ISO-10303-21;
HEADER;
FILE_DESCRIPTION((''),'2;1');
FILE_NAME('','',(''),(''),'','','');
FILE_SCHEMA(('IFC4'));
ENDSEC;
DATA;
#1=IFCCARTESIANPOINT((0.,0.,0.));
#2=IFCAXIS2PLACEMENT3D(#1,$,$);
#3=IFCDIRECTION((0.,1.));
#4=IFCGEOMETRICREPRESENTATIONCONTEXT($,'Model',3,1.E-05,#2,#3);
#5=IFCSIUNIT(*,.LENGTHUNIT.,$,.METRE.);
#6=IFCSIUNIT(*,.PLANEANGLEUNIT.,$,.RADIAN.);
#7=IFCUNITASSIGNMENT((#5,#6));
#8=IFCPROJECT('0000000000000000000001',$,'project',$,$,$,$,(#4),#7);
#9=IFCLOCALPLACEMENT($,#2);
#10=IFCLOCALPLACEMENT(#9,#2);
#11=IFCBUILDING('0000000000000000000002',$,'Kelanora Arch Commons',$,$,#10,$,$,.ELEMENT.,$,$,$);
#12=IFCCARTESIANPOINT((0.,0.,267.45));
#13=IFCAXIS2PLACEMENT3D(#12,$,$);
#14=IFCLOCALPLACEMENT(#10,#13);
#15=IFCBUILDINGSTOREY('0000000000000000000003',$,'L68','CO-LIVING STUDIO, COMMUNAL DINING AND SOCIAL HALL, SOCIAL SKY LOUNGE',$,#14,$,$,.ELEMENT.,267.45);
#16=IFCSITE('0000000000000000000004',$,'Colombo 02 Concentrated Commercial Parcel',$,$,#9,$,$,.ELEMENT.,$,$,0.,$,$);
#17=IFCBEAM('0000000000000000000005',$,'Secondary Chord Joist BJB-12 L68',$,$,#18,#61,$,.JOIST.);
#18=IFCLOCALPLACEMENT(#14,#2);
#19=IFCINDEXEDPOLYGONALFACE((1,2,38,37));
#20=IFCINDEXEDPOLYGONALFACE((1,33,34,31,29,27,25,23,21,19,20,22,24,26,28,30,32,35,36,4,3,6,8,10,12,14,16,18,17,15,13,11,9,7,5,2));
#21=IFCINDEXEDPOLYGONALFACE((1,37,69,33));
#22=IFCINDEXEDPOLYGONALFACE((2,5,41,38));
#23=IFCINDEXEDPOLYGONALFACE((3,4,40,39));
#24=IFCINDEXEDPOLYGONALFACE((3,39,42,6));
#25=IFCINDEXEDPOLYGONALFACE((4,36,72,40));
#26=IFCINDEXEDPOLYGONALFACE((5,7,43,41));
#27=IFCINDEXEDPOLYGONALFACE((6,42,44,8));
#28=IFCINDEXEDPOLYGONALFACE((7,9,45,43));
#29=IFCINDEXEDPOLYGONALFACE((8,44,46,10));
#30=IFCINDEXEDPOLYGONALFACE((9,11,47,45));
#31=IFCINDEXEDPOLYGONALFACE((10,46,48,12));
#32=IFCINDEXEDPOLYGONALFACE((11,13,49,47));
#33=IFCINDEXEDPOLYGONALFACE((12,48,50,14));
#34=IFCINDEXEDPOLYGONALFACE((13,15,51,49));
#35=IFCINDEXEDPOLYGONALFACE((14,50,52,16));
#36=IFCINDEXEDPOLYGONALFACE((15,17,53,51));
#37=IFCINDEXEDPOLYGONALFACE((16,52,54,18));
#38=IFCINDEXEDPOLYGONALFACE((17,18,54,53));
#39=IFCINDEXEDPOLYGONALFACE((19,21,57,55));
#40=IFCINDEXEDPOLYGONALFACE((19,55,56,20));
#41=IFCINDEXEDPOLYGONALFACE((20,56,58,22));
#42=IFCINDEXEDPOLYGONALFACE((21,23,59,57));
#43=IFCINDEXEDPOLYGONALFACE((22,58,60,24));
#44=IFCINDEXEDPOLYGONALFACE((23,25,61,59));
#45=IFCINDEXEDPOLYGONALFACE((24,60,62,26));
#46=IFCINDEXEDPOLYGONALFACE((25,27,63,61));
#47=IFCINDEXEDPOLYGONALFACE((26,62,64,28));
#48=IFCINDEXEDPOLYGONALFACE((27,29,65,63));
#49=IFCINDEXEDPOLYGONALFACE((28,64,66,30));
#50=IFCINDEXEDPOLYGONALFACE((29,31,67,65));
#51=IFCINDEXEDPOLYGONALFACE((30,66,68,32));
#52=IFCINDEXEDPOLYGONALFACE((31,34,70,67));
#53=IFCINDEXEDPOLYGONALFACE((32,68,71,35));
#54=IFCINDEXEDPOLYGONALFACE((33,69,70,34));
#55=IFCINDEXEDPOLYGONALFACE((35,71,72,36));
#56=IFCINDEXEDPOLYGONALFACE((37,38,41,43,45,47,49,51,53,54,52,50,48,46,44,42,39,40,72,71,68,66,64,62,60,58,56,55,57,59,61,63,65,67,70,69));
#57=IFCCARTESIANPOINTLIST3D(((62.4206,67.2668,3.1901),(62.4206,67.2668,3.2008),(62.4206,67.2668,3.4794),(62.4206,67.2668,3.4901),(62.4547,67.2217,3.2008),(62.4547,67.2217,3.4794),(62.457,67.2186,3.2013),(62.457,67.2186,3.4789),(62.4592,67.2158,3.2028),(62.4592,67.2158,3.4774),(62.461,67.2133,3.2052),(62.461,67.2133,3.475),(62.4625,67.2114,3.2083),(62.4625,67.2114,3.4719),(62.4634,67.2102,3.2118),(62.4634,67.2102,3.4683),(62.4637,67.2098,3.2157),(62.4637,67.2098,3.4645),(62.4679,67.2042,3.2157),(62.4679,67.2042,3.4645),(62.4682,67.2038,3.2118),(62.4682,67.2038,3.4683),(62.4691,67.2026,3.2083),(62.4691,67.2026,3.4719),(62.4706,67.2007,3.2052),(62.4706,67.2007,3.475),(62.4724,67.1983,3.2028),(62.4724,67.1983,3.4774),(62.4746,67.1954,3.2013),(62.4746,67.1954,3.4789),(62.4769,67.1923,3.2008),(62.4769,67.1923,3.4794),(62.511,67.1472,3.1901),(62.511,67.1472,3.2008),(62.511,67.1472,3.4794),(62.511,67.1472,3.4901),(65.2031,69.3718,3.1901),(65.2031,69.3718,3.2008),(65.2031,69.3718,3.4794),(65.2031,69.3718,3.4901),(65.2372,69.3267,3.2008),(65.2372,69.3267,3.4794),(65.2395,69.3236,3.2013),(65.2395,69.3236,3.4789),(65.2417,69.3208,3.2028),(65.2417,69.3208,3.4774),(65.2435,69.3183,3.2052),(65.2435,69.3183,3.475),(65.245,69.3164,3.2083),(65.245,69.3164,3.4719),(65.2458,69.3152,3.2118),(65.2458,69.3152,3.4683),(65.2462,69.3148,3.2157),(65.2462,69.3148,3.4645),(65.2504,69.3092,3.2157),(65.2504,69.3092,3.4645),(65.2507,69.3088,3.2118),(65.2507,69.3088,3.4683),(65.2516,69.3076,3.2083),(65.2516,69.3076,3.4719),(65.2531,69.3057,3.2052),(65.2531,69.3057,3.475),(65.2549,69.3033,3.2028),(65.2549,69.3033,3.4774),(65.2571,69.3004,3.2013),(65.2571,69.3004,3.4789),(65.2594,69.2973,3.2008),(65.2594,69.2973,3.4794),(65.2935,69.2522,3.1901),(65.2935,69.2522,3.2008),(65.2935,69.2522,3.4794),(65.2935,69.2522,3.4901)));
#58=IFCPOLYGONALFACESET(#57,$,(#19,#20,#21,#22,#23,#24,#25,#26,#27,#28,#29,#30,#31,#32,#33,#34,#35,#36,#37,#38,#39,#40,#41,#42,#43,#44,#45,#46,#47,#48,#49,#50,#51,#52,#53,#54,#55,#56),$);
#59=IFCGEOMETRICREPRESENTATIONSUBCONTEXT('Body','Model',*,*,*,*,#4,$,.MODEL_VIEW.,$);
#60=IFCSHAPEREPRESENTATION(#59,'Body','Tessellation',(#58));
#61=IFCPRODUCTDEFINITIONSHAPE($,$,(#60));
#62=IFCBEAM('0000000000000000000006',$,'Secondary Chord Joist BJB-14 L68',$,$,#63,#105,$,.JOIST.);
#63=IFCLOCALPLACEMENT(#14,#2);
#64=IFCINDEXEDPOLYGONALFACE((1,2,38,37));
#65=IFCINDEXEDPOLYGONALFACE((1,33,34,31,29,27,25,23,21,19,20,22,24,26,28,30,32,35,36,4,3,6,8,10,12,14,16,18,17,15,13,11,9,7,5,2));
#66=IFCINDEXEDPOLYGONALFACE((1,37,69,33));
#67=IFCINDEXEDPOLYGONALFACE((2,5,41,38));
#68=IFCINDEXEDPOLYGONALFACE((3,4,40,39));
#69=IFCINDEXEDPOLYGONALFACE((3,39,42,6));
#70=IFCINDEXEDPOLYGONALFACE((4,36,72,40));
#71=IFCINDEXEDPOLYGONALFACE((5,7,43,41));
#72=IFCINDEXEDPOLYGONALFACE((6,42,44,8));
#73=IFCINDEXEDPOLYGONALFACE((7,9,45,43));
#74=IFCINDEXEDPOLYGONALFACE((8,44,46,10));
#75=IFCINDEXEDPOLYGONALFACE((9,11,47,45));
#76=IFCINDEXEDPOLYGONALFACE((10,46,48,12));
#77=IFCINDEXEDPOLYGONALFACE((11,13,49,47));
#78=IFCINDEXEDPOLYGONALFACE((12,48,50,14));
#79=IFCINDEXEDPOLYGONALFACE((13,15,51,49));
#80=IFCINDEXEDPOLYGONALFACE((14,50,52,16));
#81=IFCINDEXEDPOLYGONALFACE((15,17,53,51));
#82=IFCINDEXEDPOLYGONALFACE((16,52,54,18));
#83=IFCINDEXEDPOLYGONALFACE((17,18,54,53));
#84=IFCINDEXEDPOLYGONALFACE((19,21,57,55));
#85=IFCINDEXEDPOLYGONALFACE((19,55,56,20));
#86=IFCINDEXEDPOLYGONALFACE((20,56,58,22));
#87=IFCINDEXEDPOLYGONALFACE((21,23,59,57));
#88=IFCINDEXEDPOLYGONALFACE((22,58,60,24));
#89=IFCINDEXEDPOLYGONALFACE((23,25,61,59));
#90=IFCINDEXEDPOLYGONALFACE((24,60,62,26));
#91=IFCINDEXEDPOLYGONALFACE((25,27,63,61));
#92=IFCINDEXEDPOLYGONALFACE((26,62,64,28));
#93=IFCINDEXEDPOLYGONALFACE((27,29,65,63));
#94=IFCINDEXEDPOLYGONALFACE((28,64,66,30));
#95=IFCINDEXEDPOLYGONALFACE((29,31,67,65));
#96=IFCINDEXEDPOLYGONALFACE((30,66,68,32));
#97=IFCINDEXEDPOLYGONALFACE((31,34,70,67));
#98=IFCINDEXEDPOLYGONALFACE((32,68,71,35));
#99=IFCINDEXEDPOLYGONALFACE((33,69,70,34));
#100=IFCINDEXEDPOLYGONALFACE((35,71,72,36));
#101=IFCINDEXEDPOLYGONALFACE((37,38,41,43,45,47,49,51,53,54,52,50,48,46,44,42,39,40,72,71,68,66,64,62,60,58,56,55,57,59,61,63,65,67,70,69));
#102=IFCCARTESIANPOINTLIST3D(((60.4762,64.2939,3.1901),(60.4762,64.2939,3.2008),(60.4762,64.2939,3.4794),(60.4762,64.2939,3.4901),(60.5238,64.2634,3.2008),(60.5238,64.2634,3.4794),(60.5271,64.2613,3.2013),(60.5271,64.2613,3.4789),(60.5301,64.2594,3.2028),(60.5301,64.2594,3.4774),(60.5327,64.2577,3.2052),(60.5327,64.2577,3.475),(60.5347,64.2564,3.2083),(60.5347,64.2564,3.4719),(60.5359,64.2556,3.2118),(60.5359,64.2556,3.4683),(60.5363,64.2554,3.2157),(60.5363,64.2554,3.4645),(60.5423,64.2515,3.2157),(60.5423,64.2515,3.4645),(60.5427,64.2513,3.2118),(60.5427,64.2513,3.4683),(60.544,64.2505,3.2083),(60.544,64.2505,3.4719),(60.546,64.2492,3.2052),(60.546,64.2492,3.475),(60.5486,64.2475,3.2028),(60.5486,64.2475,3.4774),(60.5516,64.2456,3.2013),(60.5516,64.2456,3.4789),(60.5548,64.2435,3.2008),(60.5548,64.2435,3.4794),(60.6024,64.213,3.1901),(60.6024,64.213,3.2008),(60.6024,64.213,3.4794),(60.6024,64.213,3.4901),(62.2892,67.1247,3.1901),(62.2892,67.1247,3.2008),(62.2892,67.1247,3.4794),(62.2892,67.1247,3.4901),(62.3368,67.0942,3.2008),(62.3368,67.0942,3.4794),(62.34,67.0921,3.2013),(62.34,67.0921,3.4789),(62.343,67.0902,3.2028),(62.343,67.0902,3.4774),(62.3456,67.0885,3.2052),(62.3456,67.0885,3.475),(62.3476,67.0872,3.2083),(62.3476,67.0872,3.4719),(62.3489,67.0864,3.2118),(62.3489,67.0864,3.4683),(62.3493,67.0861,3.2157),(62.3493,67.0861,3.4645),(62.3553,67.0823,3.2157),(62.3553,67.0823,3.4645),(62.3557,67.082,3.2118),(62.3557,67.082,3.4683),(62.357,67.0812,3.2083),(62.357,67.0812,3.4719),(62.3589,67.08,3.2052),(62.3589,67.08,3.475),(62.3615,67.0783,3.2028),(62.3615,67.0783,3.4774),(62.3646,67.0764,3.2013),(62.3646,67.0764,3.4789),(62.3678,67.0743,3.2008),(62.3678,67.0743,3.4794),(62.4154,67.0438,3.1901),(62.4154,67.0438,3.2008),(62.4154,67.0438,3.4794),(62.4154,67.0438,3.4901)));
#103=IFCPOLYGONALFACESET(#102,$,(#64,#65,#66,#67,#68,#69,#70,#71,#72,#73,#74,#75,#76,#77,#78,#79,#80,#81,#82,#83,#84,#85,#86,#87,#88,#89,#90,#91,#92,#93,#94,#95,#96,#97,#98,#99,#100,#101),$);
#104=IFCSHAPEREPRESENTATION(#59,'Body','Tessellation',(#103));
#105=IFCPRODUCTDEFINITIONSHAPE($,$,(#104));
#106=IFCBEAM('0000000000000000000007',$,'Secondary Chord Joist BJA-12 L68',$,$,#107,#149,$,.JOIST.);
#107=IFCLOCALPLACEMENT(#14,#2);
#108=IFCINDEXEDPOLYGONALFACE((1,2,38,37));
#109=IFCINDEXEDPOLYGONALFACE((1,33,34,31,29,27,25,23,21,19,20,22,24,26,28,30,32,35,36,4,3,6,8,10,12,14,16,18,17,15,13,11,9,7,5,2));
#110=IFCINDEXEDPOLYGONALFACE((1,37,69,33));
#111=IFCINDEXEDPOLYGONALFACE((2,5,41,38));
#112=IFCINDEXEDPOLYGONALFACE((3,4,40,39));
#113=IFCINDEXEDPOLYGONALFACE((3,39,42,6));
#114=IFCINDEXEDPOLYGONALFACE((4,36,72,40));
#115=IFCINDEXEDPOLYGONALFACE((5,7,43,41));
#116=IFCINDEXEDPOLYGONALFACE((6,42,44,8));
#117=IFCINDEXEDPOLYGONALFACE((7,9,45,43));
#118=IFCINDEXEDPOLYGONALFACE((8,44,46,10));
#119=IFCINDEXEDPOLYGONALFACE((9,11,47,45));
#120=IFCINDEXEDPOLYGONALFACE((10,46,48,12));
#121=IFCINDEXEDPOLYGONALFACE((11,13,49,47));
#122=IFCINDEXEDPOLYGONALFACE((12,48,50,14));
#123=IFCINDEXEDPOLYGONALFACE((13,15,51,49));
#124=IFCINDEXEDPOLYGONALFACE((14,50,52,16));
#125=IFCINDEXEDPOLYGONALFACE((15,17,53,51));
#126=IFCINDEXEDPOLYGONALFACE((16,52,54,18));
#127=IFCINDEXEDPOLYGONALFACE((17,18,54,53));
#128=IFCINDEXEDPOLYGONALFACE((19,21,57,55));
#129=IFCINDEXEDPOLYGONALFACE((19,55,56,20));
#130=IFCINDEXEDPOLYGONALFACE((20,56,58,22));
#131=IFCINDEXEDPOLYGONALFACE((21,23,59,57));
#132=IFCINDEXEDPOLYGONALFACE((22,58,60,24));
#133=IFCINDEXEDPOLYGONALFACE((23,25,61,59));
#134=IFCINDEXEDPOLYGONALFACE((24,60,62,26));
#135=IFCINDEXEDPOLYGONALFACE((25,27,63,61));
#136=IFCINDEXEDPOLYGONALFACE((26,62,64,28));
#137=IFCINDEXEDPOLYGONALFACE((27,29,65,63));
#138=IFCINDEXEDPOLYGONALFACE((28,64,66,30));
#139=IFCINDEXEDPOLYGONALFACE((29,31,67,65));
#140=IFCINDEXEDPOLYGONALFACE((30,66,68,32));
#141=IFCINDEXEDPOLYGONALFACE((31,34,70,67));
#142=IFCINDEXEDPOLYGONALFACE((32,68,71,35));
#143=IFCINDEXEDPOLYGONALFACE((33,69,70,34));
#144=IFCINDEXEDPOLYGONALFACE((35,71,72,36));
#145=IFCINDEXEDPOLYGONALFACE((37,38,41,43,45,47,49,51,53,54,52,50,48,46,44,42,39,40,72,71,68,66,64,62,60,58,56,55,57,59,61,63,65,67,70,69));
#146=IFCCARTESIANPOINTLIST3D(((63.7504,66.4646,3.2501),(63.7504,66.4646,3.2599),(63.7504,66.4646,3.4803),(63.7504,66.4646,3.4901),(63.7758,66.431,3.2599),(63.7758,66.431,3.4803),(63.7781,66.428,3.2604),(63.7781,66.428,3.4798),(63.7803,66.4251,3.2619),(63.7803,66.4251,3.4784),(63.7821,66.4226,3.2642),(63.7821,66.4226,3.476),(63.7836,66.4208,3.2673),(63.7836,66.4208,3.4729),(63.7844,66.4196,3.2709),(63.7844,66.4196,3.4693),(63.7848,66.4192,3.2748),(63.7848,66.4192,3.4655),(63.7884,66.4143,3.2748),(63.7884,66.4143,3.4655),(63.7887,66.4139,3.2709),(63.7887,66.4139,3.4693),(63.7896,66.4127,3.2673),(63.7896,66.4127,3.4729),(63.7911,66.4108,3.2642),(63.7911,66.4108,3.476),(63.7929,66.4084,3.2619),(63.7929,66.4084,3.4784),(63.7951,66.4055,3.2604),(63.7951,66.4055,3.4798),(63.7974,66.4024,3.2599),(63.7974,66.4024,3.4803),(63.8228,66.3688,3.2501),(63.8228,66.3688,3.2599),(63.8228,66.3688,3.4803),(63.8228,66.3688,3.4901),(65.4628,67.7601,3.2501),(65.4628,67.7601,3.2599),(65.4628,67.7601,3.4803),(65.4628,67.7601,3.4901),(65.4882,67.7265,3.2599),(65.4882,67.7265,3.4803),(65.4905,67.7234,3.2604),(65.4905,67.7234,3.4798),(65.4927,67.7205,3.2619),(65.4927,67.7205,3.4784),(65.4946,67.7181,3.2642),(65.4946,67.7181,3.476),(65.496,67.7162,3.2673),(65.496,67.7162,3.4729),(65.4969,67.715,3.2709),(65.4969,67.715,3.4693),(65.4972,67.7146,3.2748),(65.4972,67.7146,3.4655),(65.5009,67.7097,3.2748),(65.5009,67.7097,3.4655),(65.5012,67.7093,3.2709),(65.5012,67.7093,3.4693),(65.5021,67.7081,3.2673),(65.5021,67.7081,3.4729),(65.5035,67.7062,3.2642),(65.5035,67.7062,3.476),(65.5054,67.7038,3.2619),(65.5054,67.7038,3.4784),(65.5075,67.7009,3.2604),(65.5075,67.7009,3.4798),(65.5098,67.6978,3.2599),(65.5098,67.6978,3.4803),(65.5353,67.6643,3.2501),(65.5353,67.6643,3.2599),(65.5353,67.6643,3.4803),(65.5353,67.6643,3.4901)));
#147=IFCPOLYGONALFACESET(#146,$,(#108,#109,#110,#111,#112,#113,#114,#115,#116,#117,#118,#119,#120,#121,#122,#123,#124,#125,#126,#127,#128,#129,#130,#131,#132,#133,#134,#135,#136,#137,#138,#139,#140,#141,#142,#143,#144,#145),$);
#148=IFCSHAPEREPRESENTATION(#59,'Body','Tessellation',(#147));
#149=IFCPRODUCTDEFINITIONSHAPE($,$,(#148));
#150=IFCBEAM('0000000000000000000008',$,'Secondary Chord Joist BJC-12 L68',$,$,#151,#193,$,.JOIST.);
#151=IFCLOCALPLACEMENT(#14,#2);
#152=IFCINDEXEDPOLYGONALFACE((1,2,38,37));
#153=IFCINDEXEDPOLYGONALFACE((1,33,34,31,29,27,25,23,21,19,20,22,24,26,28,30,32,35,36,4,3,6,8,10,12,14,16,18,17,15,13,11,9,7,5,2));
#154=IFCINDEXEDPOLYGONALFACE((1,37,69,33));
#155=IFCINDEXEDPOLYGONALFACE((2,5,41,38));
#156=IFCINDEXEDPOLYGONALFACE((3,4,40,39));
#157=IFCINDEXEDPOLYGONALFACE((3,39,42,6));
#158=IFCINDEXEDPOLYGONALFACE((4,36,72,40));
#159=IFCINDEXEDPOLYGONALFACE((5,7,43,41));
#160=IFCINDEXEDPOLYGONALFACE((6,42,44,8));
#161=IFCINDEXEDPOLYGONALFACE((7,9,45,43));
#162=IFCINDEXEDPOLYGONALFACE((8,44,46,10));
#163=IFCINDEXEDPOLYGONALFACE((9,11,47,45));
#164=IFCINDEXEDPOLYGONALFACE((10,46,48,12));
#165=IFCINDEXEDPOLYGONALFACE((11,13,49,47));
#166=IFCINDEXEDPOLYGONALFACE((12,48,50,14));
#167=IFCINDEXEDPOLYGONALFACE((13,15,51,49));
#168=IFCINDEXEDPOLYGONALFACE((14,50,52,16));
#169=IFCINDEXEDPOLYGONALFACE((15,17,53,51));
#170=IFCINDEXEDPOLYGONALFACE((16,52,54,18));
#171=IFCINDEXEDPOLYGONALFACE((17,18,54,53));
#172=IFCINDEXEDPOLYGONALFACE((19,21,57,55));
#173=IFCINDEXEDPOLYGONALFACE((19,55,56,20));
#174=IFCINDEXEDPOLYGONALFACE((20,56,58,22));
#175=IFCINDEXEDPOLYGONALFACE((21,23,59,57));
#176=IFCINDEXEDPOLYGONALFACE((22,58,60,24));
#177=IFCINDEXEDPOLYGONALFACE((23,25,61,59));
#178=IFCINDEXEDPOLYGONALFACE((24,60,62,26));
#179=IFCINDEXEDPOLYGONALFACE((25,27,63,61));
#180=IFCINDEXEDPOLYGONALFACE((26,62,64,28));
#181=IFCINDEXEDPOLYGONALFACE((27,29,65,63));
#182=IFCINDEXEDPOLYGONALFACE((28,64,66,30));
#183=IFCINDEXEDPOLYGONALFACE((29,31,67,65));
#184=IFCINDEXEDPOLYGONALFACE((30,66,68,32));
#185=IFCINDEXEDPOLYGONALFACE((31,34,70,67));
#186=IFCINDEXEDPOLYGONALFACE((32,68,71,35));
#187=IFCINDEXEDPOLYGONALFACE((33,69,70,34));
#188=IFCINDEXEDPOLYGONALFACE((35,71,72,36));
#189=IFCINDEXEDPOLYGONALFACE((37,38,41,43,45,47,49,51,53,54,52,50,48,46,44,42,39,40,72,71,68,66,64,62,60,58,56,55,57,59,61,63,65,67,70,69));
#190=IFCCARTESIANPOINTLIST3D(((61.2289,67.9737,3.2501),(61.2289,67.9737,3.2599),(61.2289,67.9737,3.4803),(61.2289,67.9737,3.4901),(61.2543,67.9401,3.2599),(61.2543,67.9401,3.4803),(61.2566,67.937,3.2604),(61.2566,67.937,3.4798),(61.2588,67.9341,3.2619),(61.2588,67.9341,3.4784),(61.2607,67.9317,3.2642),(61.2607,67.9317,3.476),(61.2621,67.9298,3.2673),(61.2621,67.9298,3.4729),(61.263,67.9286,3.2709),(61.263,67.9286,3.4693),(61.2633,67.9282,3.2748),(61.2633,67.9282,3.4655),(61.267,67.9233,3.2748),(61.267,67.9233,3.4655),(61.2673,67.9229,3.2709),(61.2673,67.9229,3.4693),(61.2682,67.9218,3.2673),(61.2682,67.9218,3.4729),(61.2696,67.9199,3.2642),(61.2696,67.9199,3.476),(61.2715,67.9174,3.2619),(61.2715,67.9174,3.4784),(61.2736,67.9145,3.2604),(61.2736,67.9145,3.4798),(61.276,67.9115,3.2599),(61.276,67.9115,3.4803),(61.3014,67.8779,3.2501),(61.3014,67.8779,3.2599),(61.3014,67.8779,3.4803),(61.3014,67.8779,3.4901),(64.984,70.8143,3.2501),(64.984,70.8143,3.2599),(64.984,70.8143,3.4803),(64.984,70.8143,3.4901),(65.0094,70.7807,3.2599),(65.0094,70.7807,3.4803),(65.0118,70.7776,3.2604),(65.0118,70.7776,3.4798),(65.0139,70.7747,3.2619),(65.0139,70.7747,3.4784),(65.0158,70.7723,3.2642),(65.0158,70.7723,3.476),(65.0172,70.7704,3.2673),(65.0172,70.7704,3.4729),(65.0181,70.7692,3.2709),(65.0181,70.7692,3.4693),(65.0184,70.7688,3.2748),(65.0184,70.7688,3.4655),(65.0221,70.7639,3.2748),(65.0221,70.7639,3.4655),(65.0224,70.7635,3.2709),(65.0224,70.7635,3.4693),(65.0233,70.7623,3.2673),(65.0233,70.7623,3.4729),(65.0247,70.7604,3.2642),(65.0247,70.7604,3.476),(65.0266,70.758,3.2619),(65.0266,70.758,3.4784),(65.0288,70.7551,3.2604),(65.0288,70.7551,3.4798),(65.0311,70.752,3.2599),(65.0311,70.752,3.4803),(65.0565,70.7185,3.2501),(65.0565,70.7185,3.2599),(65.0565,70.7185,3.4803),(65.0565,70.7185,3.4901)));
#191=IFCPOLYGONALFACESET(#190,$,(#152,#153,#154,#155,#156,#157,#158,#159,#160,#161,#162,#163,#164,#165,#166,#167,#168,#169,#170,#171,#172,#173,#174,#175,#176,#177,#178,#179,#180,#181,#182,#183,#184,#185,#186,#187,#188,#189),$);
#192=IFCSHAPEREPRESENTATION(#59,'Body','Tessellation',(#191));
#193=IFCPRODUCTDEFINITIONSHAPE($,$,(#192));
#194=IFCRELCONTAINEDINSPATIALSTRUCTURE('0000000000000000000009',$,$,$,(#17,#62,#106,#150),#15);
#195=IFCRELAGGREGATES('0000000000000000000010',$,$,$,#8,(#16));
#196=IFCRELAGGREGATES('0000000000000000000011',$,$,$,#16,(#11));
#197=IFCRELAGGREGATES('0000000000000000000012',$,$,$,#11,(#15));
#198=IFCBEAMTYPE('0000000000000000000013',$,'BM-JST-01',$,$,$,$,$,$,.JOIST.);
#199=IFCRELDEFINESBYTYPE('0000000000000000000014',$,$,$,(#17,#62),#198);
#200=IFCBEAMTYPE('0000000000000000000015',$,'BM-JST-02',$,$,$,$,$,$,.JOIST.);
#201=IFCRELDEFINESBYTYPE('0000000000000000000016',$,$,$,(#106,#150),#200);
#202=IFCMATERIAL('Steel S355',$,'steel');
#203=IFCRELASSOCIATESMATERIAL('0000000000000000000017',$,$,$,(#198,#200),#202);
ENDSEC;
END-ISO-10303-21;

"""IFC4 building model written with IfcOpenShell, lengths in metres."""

from ifc_helpers import new_model, si_unit, direction, frame, origin, origin_2d, place, context, subcontext, project, spatial, i_section, extrude, material, material_profile, profile_set, type_object, element, save


model = new_model("IFC4")

# Units and contexts
model_context = context("Model", 3, precision=1e-05, world=origin(), true_north=direction((0.0, 1.0)))
body_context = subcontext(model_context, "Body", "Model", "MODEL_VIEW")
ifc_project = project(units=[si_unit("LENGTHUNIT", "METRE"), si_unit("PLANEANGLEUNIT", "RADIAN")], contexts=[model_context])

# Site, building, storey
site_placement = place(None, origin())
site = spatial("IfcSite", under=ifc_project, at=site_placement, Name="Colombo 02 Concentrated Commercial Parcel", CompositionType="ELEMENT", RefElevation=0.0)
building_placement = place(site_placement, origin())
building = spatial("IfcBuilding", under=site, at=building_placement, Name="Kelanora Arch Commons", CompositionType="ELEMENT")
storey_placement = place(building_placement, frame((0.0, 0.0, 267.45)))
storey = spatial("IfcBuildingStorey", under=building, at=storey_placement, Name="L68", Description="CO-LIVING STUDIO, COMMUNAL DINING AND SOCIAL HALL, SOCIAL SKY LOUNGE", CompositionType="ELEMENT", Elevation=267.45)

# Beams
ifc_material_1 = material(Name="Steel S355", Category="steel")
ifc_material_profile_1 = material_profile(ifc_material_1, i_section(OverallWidth=0.1499, OverallDepth=0.3, WebThickness=0.0071, FlangeThickness=0.0107, FilletRadius=0.0149, at=origin_2d()), Name="IPE300")
ifc_profile_set_1 = profile_set([ifc_material_profile_1], Name="Steel S355")
beam_type_1 = type_object("IfcBeamType", Name="BM-JST-01", PredefinedType="JOIST", material=ifc_profile_set_1)
beam_1_placement = place(storey_placement, frame((65.2483, 69.312, 3.3401), z_axis=(-0.797499, -0.60332, 0.0), x_axis=(0.60332, -0.797499, 0.0)))
element("IfcBeam", 1, at=beam_1_placement, inside=storey, type_object=beam_type_1, Name="Secondary Chord Joist BJB-12 L68", PredefinedType="JOIST", context=body_context, shape_type="SweptSolid", body=[
    extrude(i_section(OverallWidth=0.1499, OverallDepth=0.3, WebThickness=0.0071, FlangeThickness=0.0107, FilletRadius=0.0149, at=origin_2d()), origin(), (0.0, 0.0, 1.0), 3.489),
])
beam_2_placement = place(storey_placement, frame((62.3523, 67.0842, 3.3401), z_axis=(-0.539322, -0.8421, 0.0), x_axis=(0.8421, -0.539322, 0.0)))
element("IfcBeam", 2, at=beam_2_placement, inside=storey, type_object=beam_type_1, Name="Secondary Chord Joist BJB-14 L68", PredefinedType="JOIST", context=body_context, shape_type="SweptSolid", body=[
    extrude(i_section(OverallWidth=0.1499, OverallDepth=0.3, WebThickness=0.0071, FlangeThickness=0.0107, FilletRadius=0.0149, at=origin_2d()), origin(), (0.0, 0.0, 1.0), 3.3616),
])
ifc_material_profile_2 = material_profile(ifc_material_1, i_section(OverallWidth=0.1201, OverallDepth=0.24, WebThickness=0.0061, FlangeThickness=0.0098, FilletRadius=0.0149, at=origin_2d()), Name="IPE240")
ifc_profile_set_2 = profile_set([ifc_material_profile_2], Name="Steel S355")
beam_type_2 = type_object("IfcBeamType", Name="BM-JST-02", PredefinedType="JOIST", material=ifc_profile_set_2)
beam_3_placement = place(storey_placement, frame((65.499, 67.7122, 3.3701), z_axis=(-0.79751, -0.603306, 0.0), x_axis=(0.603306, -0.79751, 0.0)))
element("IfcBeam", 3, at=beam_3_placement, inside=storey, type_object=beam_type_2, Name="Secondary Chord Joist BJA-12 L68", PredefinedType="JOIST", context=body_context, shape_type="SweptSolid", body=[
    extrude(i_section(OverallWidth=0.1201, OverallDepth=0.24, WebThickness=0.0061, FlangeThickness=0.0098, FilletRadius=0.0149, at=origin_2d()), origin(), (0.0, 0.0, 1.0), 2.1472),
])
beam_4_placement = place(storey_placement, frame((65.0203, 70.7664, 3.3701), z_axis=(-0.797523, -0.603289, 0.0), x_axis=(0.603289, -0.797523, 0.0)))
element("IfcBeam", 4, at=beam_4_placement, inside=storey, type_object=beam_type_2, Name="Secondary Chord Joist BJC-12 L68", PredefinedType="JOIST", context=body_context, shape_type="SweptSolid", body=[
    extrude(i_section(OverallWidth=0.1201, OverallDepth=0.24, WebThickness=0.0061, FlangeThickness=0.0098, FilletRadius=0.0149, at=origin_2d()), origin(), (0.0, 0.0, 1.0), 4.7085),
])

save(model, "model.ifc")
